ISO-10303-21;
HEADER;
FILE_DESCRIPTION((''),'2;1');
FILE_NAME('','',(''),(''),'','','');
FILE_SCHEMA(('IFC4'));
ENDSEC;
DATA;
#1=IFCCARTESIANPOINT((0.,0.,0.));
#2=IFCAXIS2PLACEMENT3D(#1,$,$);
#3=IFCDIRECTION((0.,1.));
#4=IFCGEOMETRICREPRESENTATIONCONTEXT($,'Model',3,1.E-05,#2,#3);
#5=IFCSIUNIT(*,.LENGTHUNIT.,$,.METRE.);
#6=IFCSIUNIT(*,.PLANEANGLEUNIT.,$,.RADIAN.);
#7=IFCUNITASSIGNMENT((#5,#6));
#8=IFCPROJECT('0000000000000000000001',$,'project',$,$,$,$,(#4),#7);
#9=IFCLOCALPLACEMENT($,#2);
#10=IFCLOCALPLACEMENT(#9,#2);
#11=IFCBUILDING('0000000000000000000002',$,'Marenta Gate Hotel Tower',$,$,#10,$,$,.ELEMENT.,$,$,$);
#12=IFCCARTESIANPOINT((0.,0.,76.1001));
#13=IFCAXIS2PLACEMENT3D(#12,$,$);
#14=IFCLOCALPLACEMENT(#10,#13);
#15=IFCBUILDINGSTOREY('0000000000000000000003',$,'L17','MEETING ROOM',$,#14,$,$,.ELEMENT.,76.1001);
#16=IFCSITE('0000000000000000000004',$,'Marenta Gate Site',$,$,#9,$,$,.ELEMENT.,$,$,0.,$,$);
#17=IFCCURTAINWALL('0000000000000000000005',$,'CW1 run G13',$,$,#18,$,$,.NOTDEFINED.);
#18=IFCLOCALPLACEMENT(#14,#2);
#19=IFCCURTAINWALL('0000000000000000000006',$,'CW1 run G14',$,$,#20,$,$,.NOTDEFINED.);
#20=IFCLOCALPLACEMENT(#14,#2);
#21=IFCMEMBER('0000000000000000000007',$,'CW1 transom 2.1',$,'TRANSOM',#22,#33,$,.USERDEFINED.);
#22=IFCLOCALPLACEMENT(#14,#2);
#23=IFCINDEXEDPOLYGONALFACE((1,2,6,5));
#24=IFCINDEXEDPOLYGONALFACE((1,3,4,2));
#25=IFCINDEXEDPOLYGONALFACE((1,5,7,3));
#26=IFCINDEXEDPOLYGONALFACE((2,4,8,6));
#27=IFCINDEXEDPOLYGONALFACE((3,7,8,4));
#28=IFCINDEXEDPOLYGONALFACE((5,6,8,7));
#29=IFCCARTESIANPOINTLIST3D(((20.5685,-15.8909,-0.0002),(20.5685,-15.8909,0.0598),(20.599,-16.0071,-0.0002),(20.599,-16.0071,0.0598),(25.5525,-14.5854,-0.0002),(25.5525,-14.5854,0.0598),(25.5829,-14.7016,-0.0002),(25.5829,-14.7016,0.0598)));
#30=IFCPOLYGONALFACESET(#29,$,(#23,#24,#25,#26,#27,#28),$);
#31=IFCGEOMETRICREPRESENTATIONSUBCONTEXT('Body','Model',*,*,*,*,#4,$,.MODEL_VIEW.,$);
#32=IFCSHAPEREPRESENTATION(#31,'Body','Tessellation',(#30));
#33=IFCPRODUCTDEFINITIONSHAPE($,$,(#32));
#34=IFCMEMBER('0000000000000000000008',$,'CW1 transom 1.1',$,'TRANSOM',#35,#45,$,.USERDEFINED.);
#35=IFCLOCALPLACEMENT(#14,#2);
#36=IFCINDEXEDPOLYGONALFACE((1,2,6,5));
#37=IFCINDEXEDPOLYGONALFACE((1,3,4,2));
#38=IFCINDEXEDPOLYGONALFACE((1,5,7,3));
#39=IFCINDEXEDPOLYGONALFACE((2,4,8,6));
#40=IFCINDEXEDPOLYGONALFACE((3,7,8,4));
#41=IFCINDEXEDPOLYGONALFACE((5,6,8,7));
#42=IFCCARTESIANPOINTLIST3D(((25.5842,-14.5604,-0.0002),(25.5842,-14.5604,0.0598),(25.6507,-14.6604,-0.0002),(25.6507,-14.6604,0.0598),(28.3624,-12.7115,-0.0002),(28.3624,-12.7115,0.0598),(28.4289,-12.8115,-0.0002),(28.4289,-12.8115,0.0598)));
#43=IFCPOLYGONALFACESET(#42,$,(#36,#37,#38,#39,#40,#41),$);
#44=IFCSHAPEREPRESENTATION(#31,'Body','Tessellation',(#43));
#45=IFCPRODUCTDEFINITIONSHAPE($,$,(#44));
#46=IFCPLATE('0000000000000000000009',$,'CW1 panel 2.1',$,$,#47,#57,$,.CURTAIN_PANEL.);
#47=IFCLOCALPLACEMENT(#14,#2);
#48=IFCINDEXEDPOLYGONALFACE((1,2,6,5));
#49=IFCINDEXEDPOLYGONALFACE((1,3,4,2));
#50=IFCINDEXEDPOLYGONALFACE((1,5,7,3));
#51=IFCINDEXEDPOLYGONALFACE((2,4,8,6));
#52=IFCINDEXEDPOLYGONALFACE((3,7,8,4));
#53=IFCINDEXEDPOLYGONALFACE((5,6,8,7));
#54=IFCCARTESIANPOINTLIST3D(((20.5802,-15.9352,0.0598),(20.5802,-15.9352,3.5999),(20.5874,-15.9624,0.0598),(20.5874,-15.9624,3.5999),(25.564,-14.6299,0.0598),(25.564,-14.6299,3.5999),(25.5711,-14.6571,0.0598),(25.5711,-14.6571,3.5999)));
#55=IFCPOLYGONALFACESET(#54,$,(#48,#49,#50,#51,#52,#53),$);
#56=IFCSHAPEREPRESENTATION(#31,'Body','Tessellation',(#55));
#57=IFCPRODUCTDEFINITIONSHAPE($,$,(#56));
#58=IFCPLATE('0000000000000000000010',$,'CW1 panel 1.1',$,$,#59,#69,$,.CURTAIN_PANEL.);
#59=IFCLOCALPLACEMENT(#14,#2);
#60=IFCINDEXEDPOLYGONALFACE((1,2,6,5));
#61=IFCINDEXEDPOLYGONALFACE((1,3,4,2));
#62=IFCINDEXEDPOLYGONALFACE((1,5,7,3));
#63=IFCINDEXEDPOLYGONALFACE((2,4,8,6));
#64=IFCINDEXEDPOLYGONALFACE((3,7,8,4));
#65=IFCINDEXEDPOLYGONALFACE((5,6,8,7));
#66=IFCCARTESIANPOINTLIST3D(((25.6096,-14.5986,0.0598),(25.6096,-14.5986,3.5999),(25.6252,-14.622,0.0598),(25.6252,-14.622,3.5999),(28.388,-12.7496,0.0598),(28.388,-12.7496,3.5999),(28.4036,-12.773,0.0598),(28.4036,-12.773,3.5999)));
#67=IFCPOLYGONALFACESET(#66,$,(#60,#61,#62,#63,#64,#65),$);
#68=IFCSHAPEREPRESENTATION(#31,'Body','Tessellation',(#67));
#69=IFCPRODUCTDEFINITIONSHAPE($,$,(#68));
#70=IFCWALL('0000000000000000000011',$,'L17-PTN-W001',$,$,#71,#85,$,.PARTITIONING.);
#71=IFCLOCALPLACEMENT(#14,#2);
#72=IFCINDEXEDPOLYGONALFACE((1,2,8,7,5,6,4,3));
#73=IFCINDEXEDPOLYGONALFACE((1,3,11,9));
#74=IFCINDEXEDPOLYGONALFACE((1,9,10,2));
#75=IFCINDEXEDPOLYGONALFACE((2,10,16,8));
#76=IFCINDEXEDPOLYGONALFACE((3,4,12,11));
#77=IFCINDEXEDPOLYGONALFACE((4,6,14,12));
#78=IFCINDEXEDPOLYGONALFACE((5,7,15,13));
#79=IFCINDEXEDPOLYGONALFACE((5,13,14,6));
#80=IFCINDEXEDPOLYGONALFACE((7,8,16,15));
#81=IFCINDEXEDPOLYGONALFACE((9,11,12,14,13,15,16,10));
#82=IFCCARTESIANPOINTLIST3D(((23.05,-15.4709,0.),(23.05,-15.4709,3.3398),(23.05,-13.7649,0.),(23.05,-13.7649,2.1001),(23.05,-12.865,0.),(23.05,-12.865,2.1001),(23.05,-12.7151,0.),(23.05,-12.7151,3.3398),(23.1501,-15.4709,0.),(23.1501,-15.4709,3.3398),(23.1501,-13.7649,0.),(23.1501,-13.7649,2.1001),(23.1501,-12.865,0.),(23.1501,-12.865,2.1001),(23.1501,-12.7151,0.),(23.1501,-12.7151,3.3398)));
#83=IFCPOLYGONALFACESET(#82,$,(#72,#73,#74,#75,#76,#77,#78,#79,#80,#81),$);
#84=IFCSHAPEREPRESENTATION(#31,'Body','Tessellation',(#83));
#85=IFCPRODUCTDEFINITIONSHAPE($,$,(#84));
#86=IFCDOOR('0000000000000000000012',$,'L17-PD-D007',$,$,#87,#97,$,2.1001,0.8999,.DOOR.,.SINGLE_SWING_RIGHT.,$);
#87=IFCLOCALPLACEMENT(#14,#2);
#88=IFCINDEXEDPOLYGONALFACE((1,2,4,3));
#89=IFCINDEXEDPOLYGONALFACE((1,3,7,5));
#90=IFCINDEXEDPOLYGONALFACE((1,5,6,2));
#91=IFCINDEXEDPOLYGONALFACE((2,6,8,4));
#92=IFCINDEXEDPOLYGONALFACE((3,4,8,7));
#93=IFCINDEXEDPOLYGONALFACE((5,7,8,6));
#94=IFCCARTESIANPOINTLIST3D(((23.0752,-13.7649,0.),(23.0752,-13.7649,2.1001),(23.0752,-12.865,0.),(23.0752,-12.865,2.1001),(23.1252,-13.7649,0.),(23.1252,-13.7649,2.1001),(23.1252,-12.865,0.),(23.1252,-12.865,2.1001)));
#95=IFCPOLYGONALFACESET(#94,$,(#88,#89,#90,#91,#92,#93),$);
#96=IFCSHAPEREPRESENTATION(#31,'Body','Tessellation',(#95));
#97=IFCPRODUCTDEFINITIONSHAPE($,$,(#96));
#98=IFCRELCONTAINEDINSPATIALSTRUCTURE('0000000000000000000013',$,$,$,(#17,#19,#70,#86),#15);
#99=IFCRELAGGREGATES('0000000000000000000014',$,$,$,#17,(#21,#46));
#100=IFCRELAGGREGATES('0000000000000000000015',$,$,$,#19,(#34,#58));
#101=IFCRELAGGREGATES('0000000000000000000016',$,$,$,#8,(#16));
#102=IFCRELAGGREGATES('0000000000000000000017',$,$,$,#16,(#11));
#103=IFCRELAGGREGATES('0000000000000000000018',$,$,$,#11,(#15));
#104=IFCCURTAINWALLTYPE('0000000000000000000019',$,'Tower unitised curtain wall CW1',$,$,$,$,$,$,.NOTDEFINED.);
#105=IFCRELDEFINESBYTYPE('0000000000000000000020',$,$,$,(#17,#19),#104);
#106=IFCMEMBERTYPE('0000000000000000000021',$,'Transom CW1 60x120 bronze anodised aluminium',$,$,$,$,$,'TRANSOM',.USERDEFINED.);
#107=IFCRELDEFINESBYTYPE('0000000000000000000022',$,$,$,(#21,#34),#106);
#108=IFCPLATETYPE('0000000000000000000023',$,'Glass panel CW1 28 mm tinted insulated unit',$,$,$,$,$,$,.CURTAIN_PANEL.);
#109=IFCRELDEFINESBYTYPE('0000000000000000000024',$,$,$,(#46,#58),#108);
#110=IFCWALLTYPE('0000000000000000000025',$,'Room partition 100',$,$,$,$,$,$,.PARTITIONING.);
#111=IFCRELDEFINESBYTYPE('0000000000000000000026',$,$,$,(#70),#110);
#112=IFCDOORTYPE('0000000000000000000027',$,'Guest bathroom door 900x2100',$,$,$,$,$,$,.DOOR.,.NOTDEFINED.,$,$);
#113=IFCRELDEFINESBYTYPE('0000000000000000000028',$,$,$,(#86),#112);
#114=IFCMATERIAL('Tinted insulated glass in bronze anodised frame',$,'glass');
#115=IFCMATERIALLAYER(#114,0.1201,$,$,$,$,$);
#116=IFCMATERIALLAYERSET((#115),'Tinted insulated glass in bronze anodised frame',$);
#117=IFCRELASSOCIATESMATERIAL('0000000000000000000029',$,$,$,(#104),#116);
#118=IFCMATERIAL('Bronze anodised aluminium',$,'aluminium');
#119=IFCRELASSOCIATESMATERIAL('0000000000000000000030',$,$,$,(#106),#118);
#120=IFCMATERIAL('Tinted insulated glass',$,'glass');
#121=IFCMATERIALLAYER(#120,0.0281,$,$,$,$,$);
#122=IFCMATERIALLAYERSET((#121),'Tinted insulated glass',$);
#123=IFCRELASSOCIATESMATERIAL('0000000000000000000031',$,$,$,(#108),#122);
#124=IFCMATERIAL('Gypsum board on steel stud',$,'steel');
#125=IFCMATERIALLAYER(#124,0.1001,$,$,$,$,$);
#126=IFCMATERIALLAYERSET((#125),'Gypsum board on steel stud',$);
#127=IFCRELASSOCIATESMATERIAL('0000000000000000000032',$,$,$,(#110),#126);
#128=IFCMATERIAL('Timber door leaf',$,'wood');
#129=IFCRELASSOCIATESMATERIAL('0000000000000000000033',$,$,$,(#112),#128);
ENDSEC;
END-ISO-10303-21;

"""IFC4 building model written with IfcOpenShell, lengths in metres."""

from ifc_helpers import new_model, si_unit, direction, frame, frame_2d, origin, origin_2d, place, context, subcontext, project, spatial, rectangle, extrude, material, layer, layer_set, material_profile, profile_set, type_object, element, fill, aggregate, save


model = new_model("IFC4")

# Units and contexts
model_context = context("Model", 3, precision=1e-05, world=origin(), true_north=direction((0.0, 1.0)))
body_context = subcontext(model_context, "Body", "Model", "MODEL_VIEW")
ifc_project = project(units=[si_unit("LENGTHUNIT", "METRE"), si_unit("PLANEANGLEUNIT", "RADIAN")], contexts=[model_context])

# Site, building, storey
site_placement = place(None, origin())
site = spatial("IfcSite", under=ifc_project, at=site_placement, Name="Marenta Gate Site", CompositionType="ELEMENT", RefElevation=0.0)
building_placement = place(site_placement, origin())
building = spatial("IfcBuilding", under=site, at=building_placement, Name="Marenta Gate Hotel Tower", CompositionType="ELEMENT")
storey_placement = place(building_placement, frame((0.0, 0.0, 76.1001)))
storey = spatial("IfcBuildingStorey", under=building, at=storey_placement, Name="L17", Description="MEETING ROOM", CompositionType="ELEMENT", Elevation=76.1001)

# Curtain walls
ifc_material_1 = material(Name="Tinted insulated glass in bronze anodised frame", Category="glass")
ifc_layer_1 = layer(ifc_material_1, 0.1201)
ifc_layer_set_1 = layer_set([ifc_layer_1], Name="Tinted insulated glass in bronze anodised frame")
curtain_wall_type = type_object("IfcCurtainWallType", Name="Tower unitised curtain wall CW1", PredefinedType="NOTDEFINED", material=ifc_layer_set_1)
curtain_wall_1_placement = place(storey_placement, origin())
curtain_wall_1 = element("IfcCurtainWall", 1, at=curtain_wall_1_placement, inside=storey, type_object=curtain_wall_type, Name="CW1 run G13", PredefinedType="NOTDEFINED")
curtain_wall_2_placement = place(storey_placement, origin())
curtain_wall_2 = element("IfcCurtainWall", 2, at=curtain_wall_2_placement, inside=storey, type_object=curtain_wall_type, Name="CW1 run G14", PredefinedType="NOTDEFINED")

# Members
ifc_material_2 = material(Name="Bronze anodised aluminium", Category="aluminium")
ifc_material_profile_1 = material_profile(ifc_material_2, rectangle(XDim=0.1201, YDim=0.0601, at=origin_2d()), Name="Transom CW1 60x120 bronze anodised aluminium")
ifc_profile_set_1 = profile_set([ifc_material_profile_1], Name="Bronze anodised aluminium")
member_type_1 = type_object("IfcMemberType", Name="Transom CW1 60x120 bronze anodised aluminium", ElementType="TRANSOM", PredefinedType="USERDEFINED", material=ifc_profile_set_1)
member_1_placement = place(storey_placement, frame((20.5837, -15.949, 0.0298), z_axis=(0.967367, 0.253381, 0.0), x_axis=(-0.253381, 0.967367, 0.0)))
member_1 = element("IfcMember", 3, at=member_1_placement, type_object=member_type_1, Name="CW1 transom 2.1", ObjectType="TRANSOM", PredefinedType="USERDEFINED", context=body_context, shape_type="SweptSolid", body=[
    extrude(rectangle(XDim=0.1201, YDim=0.0601, at=origin_2d()), origin(), (0.0, 0.0, 1.0), 5.1521),
])
member_2_placement = place(storey_placement, frame((25.6174, -14.6104, 0.0298), z_axis=(0.832511, 0.554008, 0.0), x_axis=(-0.554008, 0.832511, 0.0)))
member_2 = element("IfcMember", 4, at=member_2_placement, type_object=member_type_1, Name="CW1 transom 1.1", ObjectType="TRANSOM", PredefinedType="USERDEFINED", context=body_context, shape_type="SweptSolid", body=[
    extrude(rectangle(XDim=0.1201, YDim=0.0601, at=origin_2d()), origin(), (0.0, 0.0, 1.0), 3.3372),
])

# Plates
ifc_material_3 = material(Name="Tinted insulated glass", Category="glass")
ifc_layer_2 = layer(ifc_material_3, 0.0281)
ifc_layer_set_2 = layer_set([ifc_layer_2], Name="Tinted insulated glass")
plate_type = type_object("IfcPlateType", Name="Glass panel CW1 28 mm tinted insulated unit", PredefinedType="CURTAIN_PANEL", material=ifc_layer_set_2)
plate_1_placement = place(storey_placement, frame((23.0757, -15.2961, 0.0598), z_axis=(0.0, 0.0, 1.0), x_axis=(0.967371, 0.253364, 0.0)))
plate_1 = element("IfcPlate", 5, at=plate_1_placement, type_object=plate_type, Name="CW1 panel 2.1", PredefinedType="CURTAIN_PANEL", context=body_context, shape_type="SweptSolid", body=[
    extrude(rectangle(XDim=5.1519, YDim=0.0281, at=origin_2d()), origin(), (0.0, 0.0, 1.0), 3.54),
])
aggregate(curtain_wall_1, [member_1, plate_1])
plate_2_placement = place(storey_placement, frame((27.0066, -13.6858, 0.0598), z_axis=(0.0, 0.0, 1.0), x_axis=(0.832494, 0.554034, 0.0)))
plate_2 = element("IfcPlate", 6, at=plate_2_placement, type_object=plate_type, Name="CW1 panel 1.1", PredefinedType="CURTAIN_PANEL", context=body_context, shape_type="SweptSolid", body=[
    extrude(rectangle(XDim=3.3374, YDim=0.0281, at=origin_2d()), origin(), (0.0, 0.0, 1.0), 3.54),
])
aggregate(curtain_wall_2, [member_2, plate_2])

# Wall, opening, door
ifc_material_4 = material(Name="Gypsum board on steel stud", Category="steel")
ifc_layer_3 = layer(ifc_material_4, 0.1001)
ifc_layer_set_3 = layer_set([ifc_layer_3], Name="Gypsum board on steel stud")
wall_type = type_object("IfcWallType", Name="Room partition 100", PredefinedType="PARTITIONING", material=ifc_layer_set_3)
wall_placement = place(storey_placement, frame((23.1001, -15.4709, 0.0), z_axis=(0.0, 0.0, 1.0), x_axis=(0.0, 1.0, 0.0)))
wall = element("IfcWall", 7, at=wall_placement, inside=storey, type_object=wall_type, Name="L17-PTN-W001", PredefinedType="PARTITIONING", context=body_context, shape_type="SweptSolid", body=[
    extrude(rectangle(XDim=2.7559, YDim=0.1001, at=frame_2d((1.3779, 0.0))), origin(), (0.0, 0.0, 1.0), 3.3398),
])
opening_placement = place(wall_placement, frame((1.7061, 0.0, 0.0)))
opening = element("IfcOpeningElement", 8, at=opening_placement, cuts=wall, PredefinedType="OPENING", context=body_context, shape_type="SweptSolid", body=[
    extrude(rectangle(XDim=0.8999, YDim=2.1001, at=frame_2d((0.45, 1.05))), frame((0.0, 0.05, 0.0), z_axis=(0.0, -1.0, 0.0), x_axis=(1.0, 0.0, 0.0)), (0.0, 0.0, 1.0), 0.1001),
])
ifc_material_5 = material(Name="Timber door leaf", Category="wood")
door_type = type_object("IfcDoorType", Name="Guest bathroom door 900x2100", OperationType="NOTDEFINED", PredefinedType="DOOR", material=ifc_material_5)
door_placement = place(opening_placement, origin())
door = element("IfcDoor", 9, at=door_placement, inside=storey, type_object=door_type, Name="L17-PD-D007", OperationType="SINGLE_SWING_RIGHT", OverallHeight=2.1001, OverallWidth=0.8999, PredefinedType="DOOR", context=body_context, shape_type="SweptSolid", body=[
    extrude(rectangle(XDim=0.8999, YDim=2.1001, at=frame_2d((0.45, 1.05))), frame((0.0, 0.0249, 0.0), z_axis=(0.0, -1.0, 0.0), x_axis=(1.0, 0.0, 0.0)), (0.0, 0.0, 1.0), 0.05),
])
fill(opening, door)

save(model, "model.ifc")
